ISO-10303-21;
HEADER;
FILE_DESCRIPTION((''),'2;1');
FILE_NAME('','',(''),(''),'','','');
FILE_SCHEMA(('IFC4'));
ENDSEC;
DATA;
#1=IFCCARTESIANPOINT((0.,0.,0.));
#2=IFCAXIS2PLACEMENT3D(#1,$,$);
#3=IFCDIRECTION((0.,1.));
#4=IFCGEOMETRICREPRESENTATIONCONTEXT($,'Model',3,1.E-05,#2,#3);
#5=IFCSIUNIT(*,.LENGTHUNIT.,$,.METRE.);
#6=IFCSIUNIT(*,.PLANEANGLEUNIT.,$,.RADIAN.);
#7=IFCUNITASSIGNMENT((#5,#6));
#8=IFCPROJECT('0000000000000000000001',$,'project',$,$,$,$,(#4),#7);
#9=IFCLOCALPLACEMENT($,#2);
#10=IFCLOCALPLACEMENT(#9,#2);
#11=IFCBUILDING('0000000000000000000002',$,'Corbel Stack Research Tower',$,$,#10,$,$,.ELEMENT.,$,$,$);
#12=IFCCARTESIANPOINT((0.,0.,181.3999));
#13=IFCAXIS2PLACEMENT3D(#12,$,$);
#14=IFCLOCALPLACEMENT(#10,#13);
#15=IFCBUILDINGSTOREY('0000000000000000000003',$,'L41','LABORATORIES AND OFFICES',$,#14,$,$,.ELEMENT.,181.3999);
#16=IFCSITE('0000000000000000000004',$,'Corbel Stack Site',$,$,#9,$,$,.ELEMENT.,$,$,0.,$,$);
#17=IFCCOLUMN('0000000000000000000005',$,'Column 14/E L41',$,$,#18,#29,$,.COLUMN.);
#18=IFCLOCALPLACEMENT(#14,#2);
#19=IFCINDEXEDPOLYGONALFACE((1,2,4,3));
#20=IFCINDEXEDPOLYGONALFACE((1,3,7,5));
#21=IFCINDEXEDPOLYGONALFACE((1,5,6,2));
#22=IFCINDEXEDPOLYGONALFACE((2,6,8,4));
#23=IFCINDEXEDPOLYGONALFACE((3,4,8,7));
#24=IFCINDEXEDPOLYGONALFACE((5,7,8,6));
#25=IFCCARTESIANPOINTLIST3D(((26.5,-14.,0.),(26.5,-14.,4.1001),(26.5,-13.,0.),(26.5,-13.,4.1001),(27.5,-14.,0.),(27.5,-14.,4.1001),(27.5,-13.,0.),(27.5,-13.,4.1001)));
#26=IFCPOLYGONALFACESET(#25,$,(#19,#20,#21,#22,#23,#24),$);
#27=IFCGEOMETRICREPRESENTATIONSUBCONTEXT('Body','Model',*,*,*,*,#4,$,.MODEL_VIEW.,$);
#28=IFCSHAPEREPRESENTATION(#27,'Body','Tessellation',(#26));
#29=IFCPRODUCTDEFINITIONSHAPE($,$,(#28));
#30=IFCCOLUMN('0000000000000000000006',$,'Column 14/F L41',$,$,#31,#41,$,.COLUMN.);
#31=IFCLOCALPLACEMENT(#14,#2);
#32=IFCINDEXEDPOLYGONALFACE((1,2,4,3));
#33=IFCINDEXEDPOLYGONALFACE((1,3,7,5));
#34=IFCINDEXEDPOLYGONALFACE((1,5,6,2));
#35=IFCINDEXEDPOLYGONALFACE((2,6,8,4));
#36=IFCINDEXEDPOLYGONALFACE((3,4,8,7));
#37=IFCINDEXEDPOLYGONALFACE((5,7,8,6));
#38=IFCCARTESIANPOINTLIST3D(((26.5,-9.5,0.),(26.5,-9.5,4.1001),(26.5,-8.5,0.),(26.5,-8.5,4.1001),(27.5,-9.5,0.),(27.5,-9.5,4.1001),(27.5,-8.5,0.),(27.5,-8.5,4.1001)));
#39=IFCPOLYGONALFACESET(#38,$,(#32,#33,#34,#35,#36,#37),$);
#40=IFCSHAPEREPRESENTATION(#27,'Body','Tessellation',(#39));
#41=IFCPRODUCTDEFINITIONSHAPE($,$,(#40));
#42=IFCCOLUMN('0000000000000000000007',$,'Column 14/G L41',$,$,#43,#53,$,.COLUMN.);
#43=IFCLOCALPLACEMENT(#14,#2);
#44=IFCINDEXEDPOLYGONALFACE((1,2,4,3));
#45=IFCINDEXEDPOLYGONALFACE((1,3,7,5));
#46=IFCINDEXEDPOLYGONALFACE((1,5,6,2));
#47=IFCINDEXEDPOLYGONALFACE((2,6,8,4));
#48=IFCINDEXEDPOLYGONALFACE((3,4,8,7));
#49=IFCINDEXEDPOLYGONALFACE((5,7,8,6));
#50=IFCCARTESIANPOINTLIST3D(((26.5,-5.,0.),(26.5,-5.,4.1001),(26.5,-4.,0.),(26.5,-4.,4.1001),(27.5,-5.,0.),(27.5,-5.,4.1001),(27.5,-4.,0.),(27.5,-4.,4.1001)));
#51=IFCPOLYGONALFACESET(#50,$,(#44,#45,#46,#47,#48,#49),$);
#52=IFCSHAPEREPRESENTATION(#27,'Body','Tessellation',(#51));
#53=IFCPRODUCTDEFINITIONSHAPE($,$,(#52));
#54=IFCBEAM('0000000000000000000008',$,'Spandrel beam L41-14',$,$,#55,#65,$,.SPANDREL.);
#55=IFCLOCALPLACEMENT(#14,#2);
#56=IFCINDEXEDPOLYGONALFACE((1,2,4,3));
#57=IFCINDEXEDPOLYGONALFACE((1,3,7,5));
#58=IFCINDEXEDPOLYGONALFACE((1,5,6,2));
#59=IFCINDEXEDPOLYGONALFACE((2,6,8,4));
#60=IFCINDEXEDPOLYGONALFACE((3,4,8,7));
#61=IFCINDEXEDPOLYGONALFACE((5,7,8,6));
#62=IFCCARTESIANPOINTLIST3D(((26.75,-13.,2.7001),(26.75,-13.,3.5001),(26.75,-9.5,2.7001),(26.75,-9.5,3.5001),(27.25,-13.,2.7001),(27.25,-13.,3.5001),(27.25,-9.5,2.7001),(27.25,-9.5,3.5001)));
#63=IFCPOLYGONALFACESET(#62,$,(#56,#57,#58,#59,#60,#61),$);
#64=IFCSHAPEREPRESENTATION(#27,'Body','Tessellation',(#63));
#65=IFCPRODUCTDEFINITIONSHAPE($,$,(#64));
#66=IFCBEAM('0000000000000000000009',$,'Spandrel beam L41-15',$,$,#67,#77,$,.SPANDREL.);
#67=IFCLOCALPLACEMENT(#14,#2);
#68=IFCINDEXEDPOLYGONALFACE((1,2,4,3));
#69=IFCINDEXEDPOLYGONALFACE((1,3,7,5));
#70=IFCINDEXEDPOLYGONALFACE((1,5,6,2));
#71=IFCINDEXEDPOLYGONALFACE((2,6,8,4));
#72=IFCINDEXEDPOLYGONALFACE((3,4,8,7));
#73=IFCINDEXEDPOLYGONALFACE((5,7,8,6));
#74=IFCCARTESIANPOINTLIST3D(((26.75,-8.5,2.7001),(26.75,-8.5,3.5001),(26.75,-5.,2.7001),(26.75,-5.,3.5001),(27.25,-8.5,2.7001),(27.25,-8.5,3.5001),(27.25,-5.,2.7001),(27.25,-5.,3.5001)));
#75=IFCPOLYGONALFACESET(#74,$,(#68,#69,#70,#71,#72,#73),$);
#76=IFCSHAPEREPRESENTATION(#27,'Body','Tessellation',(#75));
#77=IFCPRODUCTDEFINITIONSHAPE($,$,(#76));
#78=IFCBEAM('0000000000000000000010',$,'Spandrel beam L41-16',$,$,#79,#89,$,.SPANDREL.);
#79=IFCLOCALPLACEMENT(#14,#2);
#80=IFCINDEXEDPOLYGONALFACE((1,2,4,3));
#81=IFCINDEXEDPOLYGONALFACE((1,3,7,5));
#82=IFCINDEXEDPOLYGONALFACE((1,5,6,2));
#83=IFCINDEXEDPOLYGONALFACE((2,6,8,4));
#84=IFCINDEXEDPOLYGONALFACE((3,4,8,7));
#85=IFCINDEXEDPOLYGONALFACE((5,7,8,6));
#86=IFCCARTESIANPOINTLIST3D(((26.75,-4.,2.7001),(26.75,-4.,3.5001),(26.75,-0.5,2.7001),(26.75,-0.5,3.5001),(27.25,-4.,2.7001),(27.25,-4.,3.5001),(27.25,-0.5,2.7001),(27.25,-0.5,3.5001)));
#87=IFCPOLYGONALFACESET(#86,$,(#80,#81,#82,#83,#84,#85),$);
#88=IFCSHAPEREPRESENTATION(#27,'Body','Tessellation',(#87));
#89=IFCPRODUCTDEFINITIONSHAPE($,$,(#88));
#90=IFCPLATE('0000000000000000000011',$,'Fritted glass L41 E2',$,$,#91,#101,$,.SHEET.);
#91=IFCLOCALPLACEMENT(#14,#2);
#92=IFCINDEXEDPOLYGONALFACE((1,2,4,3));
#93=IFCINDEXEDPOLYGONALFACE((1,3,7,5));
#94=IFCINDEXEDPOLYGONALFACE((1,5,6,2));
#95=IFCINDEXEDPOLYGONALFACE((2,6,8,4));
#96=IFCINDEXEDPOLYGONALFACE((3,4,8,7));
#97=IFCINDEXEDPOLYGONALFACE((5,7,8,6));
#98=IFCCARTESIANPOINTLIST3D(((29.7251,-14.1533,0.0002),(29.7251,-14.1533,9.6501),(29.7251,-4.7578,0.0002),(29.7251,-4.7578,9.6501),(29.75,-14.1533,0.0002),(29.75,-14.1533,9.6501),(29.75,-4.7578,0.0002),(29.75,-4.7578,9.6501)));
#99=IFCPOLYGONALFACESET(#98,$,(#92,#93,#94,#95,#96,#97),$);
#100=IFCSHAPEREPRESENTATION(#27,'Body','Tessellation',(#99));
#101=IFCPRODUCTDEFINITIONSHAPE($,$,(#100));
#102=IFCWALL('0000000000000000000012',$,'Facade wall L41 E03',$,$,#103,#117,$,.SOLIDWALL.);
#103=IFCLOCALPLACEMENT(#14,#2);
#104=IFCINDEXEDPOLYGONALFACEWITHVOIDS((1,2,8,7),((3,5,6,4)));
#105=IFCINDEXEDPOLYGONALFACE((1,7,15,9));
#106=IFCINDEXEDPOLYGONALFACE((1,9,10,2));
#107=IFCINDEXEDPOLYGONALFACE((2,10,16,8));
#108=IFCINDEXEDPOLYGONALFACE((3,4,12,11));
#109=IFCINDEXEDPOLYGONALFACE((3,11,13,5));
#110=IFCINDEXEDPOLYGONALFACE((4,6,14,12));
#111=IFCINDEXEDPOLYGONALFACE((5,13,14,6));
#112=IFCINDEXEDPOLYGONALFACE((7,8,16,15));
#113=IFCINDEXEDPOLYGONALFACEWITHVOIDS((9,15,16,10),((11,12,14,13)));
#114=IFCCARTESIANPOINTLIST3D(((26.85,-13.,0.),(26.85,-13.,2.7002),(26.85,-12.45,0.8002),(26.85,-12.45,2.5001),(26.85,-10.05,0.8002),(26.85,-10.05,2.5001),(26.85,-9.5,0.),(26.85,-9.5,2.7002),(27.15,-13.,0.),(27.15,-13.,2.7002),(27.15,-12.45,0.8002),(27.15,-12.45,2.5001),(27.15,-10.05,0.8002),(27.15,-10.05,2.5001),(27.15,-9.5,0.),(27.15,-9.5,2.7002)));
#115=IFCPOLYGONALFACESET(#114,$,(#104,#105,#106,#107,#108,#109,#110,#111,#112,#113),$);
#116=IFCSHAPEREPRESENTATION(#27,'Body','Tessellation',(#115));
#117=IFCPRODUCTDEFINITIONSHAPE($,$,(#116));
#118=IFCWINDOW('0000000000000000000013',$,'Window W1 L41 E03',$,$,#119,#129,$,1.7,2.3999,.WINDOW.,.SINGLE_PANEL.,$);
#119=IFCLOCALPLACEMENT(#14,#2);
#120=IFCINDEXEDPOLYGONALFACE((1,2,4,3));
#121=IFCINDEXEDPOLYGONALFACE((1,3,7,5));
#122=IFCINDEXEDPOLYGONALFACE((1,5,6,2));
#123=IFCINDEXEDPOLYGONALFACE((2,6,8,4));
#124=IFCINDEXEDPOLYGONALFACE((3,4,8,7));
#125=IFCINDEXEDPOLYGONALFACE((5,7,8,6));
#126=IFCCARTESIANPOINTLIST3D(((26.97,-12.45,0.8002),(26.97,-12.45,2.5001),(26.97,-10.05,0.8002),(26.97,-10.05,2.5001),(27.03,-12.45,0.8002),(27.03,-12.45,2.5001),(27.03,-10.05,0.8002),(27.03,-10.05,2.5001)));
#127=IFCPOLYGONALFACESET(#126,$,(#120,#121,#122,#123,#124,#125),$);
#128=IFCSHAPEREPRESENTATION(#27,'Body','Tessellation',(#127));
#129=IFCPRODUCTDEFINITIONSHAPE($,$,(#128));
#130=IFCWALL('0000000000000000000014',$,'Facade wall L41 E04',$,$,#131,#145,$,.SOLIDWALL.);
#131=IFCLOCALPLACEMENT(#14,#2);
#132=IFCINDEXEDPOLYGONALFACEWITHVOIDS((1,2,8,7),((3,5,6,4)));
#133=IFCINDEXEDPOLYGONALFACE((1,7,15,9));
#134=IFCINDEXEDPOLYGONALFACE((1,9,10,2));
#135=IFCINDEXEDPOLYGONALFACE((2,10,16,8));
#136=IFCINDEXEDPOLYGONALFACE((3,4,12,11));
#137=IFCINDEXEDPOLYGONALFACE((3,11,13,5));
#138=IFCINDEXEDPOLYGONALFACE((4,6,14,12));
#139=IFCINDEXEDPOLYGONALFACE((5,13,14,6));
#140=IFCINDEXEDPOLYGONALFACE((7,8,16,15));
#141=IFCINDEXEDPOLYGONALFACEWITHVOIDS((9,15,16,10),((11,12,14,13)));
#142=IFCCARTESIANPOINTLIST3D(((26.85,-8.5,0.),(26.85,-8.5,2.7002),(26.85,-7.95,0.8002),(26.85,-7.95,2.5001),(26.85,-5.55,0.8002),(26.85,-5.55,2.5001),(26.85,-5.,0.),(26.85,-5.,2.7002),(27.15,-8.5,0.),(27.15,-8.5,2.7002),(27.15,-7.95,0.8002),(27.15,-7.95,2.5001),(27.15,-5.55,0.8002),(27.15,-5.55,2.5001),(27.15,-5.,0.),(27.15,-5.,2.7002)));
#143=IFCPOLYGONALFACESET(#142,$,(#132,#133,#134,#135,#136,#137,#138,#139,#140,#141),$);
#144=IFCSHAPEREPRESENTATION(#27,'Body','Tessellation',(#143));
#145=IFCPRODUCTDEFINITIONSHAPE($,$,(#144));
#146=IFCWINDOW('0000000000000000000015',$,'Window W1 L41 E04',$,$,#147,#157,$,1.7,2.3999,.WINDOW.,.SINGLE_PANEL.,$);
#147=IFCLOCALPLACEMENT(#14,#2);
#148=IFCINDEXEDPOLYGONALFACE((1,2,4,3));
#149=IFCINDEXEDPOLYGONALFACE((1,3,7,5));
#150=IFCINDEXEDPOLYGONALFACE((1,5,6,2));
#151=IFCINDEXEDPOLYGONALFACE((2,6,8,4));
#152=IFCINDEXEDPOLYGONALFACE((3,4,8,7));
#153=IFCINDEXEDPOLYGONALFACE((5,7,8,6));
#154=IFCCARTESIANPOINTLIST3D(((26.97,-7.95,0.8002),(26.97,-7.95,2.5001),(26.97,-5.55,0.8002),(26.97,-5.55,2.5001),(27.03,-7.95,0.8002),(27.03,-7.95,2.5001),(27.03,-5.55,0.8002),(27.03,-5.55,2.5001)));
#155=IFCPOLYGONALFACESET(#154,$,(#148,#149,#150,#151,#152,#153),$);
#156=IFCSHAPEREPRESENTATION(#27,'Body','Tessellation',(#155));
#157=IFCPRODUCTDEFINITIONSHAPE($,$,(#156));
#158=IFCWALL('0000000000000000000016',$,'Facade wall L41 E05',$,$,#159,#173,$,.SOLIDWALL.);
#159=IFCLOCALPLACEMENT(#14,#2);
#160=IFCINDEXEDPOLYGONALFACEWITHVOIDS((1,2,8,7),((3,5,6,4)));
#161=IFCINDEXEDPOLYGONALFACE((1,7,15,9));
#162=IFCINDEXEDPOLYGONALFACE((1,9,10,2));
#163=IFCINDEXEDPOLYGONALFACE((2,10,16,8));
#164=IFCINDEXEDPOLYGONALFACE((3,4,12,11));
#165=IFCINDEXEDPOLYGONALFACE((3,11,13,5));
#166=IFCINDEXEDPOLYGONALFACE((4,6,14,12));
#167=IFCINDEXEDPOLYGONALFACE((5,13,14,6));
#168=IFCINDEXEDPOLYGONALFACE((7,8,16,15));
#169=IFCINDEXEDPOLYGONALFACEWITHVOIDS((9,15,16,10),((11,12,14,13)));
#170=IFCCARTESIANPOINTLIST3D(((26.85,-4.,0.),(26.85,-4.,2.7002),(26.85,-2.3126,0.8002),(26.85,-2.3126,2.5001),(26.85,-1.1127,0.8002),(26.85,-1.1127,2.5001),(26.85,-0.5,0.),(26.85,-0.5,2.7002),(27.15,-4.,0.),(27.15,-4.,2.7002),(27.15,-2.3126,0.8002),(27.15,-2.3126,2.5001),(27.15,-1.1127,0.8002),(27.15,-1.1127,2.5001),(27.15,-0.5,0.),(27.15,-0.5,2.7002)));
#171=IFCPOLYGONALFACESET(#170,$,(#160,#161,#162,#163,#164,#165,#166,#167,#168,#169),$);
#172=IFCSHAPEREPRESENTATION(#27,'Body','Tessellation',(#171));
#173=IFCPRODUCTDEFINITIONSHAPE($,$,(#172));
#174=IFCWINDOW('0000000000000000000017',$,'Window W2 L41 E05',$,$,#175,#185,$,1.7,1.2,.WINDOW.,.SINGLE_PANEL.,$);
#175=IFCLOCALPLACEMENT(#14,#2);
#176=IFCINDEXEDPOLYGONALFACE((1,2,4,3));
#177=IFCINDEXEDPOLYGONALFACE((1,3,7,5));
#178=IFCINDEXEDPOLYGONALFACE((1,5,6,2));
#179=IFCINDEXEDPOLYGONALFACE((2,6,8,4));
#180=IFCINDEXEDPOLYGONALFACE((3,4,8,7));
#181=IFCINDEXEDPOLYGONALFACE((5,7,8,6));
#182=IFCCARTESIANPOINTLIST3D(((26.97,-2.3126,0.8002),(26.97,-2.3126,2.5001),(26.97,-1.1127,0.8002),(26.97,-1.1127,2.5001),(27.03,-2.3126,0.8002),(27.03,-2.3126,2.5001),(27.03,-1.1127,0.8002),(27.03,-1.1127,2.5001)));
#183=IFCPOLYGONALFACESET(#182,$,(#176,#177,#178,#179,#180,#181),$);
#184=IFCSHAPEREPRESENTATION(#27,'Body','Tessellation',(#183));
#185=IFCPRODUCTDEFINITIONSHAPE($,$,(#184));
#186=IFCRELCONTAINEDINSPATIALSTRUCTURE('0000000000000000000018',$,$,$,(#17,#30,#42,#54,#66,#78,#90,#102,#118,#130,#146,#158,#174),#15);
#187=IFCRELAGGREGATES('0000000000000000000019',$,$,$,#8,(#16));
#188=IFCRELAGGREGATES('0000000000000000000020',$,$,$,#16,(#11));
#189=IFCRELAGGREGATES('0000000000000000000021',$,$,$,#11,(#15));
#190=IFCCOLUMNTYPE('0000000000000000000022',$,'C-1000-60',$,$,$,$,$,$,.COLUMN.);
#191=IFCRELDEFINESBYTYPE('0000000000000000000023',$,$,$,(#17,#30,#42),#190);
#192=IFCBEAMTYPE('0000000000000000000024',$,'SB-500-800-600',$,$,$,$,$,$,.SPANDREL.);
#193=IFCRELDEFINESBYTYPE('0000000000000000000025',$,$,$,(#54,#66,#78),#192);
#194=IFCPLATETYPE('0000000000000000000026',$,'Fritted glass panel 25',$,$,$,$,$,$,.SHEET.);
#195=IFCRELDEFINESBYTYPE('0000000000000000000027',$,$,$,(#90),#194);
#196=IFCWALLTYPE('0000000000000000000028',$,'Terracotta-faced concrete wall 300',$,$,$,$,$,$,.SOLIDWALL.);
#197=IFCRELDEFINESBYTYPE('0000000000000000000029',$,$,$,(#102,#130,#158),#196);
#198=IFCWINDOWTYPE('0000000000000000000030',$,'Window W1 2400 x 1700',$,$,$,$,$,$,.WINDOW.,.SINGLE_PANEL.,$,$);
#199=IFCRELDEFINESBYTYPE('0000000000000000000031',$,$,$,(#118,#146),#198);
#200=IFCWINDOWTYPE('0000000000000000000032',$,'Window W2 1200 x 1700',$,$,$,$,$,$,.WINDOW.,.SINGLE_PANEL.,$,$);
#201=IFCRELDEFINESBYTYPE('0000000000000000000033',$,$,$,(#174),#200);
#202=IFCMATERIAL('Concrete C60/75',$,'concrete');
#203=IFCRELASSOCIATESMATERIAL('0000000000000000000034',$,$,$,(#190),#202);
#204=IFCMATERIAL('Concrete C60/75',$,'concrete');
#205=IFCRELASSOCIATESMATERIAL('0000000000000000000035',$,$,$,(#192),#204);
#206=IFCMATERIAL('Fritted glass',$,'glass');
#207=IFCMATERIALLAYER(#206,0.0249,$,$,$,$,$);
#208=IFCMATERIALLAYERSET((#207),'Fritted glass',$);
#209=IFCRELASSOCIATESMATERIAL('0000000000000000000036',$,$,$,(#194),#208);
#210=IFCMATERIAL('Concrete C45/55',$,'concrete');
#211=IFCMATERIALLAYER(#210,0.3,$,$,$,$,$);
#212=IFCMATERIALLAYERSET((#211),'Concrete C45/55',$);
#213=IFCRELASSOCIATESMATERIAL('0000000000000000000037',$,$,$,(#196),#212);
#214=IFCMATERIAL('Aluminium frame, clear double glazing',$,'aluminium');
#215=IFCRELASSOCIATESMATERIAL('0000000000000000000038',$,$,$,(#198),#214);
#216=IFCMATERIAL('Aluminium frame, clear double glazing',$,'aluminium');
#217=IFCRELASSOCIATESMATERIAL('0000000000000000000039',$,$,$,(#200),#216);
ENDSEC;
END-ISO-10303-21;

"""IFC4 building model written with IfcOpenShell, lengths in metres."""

from ifc_helpers import new_model, si_unit, direction, frame, frame_2d, origin, origin_2d, place, context, subcontext, project, spatial, rectangle, extrude, material, layer, layer_set, material_profile, profile_set, type_object, element, fill, save


model = new_model("IFC4")

# Units and contexts
model_context = context("Model", 3, precision=1e-05, world=origin(), true_north=direction((0.0, 1.0)))
body_context = subcontext(model_context, "Body", "Model", "MODEL_VIEW")
ifc_project = project(units=[si_unit("LENGTHUNIT", "METRE"), si_unit("PLANEANGLEUNIT", "RADIAN")], contexts=[model_context])

# Site, building, storey
site_placement = place(None, origin())
site = spatial("IfcSite", under=ifc_project, at=site_placement, Name="Corbel Stack Site", CompositionType="ELEMENT", RefElevation=0.0)
building_placement = place(site_placement, origin())
building = spatial("IfcBuilding", under=site, at=building_placement, Name="Corbel Stack Research Tower", CompositionType="ELEMENT")
storey_placement = place(building_placement, frame((0.0, 0.0, 181.3999)))
storey = spatial("IfcBuildingStorey", under=building, at=storey_placement, Name="L41", Description="LABORATORIES AND OFFICES", CompositionType="ELEMENT", Elevation=181.3999)

# Columns
ifc_material_1 = material(Name="Concrete C60/75", Category="concrete")
ifc_material_profile_1 = material_profile(ifc_material_1, rectangle(XDim=1.0, YDim=1.0, at=origin_2d()), Name="RC 1000 x 1000")
ifc_profile_set_1 = profile_set([ifc_material_profile_1], Name="Concrete C60/75")
column_type = type_object("IfcColumnType", Name="C-1000-60", PredefinedType="COLUMN", material=ifc_profile_set_1)
for number, where, z_axis, x_axis, name in (
    (1, (27.0, -13.5, 0.0), (0.0, 0.0, 1.0), (1.0, 0.0, 0.0), "Column 14/E L41"),
    (2, (27.0, -9.0, 0.0), (0.0, 0.0, 1.0), (1.0, 0.0, 0.0), "Column 14/F L41"),
    (3, (27.0, -4.5, 0.0), (0.0, 0.0, 1.0), (1.0, 0.0, 0.0), "Column 14/G L41"),
):
    element("IfcColumn", number, at=place(storey_placement, frame(where, z_axis=z_axis, x_axis=x_axis)), inside=storey, type_object=column_type, Name=name, PredefinedType="COLUMN", context=body_context, shape_type="SweptSolid", body=[
        extrude(rectangle(XDim=1.0, YDim=1.0, at=origin_2d()), origin(), (0.0, 0.0, 1.0), 4.1001),
    ])

# Beams
ifc_material_2 = material(Name="Concrete C60/75", Category="concrete")
ifc_material_profile_2 = material_profile(ifc_material_2, rectangle(XDim=0.5, YDim=0.8, at=origin_2d()), Name="RC 500 x 800")
ifc_profile_set_2 = profile_set([ifc_material_profile_2], Name="Concrete C60/75")
beam_type = type_object("IfcBeamType", Name="SB-500-800-600", PredefinedType="SPANDREL", material=ifc_profile_set_2)
for number, where, z_axis, x_axis, name in (
    (4, (27.0, -13.0, 3.1001), (0.0, 1.0, 0.0), (-1.0, 0.0, 0.0), "Spandrel beam L41-14"),
    (5, (27.0, -8.5, 3.1001), (0.0, 1.0, 0.0), (-1.0, 0.0, 0.0), "Spandrel beam L41-15"),
    (6, (27.0, -4.0, 3.1001), (0.0, 1.0, 0.0), (-1.0, 0.0, 0.0), "Spandrel beam L41-16"),
):
    element("IfcBeam", number, at=place(storey_placement, frame(where, z_axis=z_axis, x_axis=x_axis)), inside=storey, type_object=beam_type, Name=name, PredefinedType="SPANDREL", context=body_context, shape_type="SweptSolid", body=[
        extrude(rectangle(XDim=0.5, YDim=0.8, at=origin_2d()), origin(), (0.0, 0.0, 1.0), 3.5),
    ])

# Plate
ifc_material_3 = material(Name="Fritted glass", Category="glass")
ifc_layer_1 = layer(ifc_material_3, 0.0249)
ifc_layer_set_1 = layer_set([ifc_layer_1], Name="Fritted glass")
plate_type = type_object("IfcPlateType", Name="Fritted glass panel 25", PredefinedType="SHEET", material=ifc_layer_set_1)
plate_placement = place(storey_placement, frame((29.7375, -9.4556, 0.0002), z_axis=(0.0, 0.0, 1.0), x_axis=(0.0, 1.0, 0.0)))
element("IfcPlate", 7, at=plate_placement, inside=storey, type_object=plate_type, Name="Fritted glass L41 E2", PredefinedType="SHEET", context=body_context, shape_type="SweptSolid", body=[
    extrude(rectangle(XDim=9.3955, YDim=0.0249, at=origin_2d()), origin(), (0.0, 0.0, 1.0), 9.6499),
])

# Walls, openings, windows
ifc_material_4 = material(Name="Concrete C45/55", Category="concrete")
ifc_layer_2 = layer(ifc_material_4, 0.3)
ifc_layer_set_2 = layer_set([ifc_layer_2], Name="Concrete C45/55")
wall_type = type_object("IfcWallType", Name="Terracotta-faced concrete wall 300", PredefinedType="SOLIDWALL", material=ifc_layer_set_2)
wall_1_placement = place(storey_placement, frame((27.0, -9.5, 0.0), z_axis=(0.0, 0.0, 1.0), x_axis=(0.0, -1.0, 0.0)))
wall_1 = element("IfcWall", 8, at=wall_1_placement, inside=storey, type_object=wall_type, Name="Facade wall L41 E03", PredefinedType="SOLIDWALL", context=body_context, shape_type="SweptSolid", body=[
    extrude(rectangle(XDim=3.5, YDim=0.3, at=frame_2d((1.75, 0.0))), origin(), (0.0, 0.0, 1.0), 2.7002),
])
opening_1_placement = place(wall_1_placement, frame((0.55, 0.0, 0.8)))
opening_1 = element("IfcOpeningElement", 9, at=opening_1_placement, cuts=wall_1, PredefinedType="OPENING", context=body_context, shape_type="SweptSolid", body=[
    extrude(rectangle(XDim=2.3999, YDim=1.7, at=frame_2d((1.2, 0.8501))), frame((0.0, 0.1599, 0.0), z_axis=(0.0, -1.0, 0.0), x_axis=(1.0, 0.0, 0.0)), (0.0, 0.0, 1.0), 0.3201),
])
ifc_material_5 = material(Name="Aluminium frame, clear double glazing", Category="aluminium")
window_type_1 = type_object("IfcWindowType", Name="Window W1 2400 x 1700", PartitioningType="SINGLE_PANEL", PredefinedType="WINDOW", material=ifc_material_5)
window_1_placement = place(opening_1_placement, origin())
window_1 = element("IfcWindow", 10, at=window_1_placement, inside=storey, type_object=window_type_1, Name="Window W1 L41 E03", OverallHeight=1.7, OverallWidth=2.3999, PartitioningType="SINGLE_PANEL", PredefinedType="WINDOW", context=body_context, shape_type="SweptSolid", body=[
    extrude(rectangle(XDim=2.3999, YDim=1.7, at=frame_2d((1.2, 0.8501))), frame((0.0, 0.03, 0.0), z_axis=(0.0, -1.0, 0.0), x_axis=(1.0, 0.0, 0.0)), (0.0, 0.0, 1.0), 0.0601),
])
fill(opening_1, window_1)
wall_2_placement = place(storey_placement, frame((27.0, -5.0, 0.0), z_axis=(0.0, 0.0, 1.0), x_axis=(0.0, -1.0, 0.0)))
wall_2 = element("IfcWall", 11, at=wall_2_placement, inside=storey, type_object=wall_type, Name="Facade wall L41 E04", PredefinedType="SOLIDWALL", context=body_context, shape_type="SweptSolid", body=[
    extrude(rectangle(XDim=3.5, YDim=0.3, at=frame_2d((1.75, 0.0))), origin(), (0.0, 0.0, 1.0), 2.7002),
])
opening_2_placement = place(wall_2_placement, frame((0.55, 0.0, 0.8)))
opening_2 = element("IfcOpeningElement", 12, at=opening_2_placement, cuts=wall_2, PredefinedType="OPENING", context=body_context, shape_type="SweptSolid", body=[
    extrude(rectangle(XDim=2.3999, YDim=1.7, at=frame_2d((1.2, 0.8501))), frame((0.0, 0.1599, 0.0), z_axis=(0.0, -1.0, 0.0), x_axis=(1.0, 0.0, 0.0)), (0.0, 0.0, 1.0), 0.3201),
])
window_2_placement = place(opening_2_placement, origin())
window_2 = element("IfcWindow", 13, at=window_2_placement, inside=storey, type_object=window_type_1, Name="Window W1 L41 E04", OverallHeight=1.7, OverallWidth=2.3999, PartitioningType="SINGLE_PANEL", PredefinedType="WINDOW", context=body_context, shape_type="SweptSolid", body=[
    extrude(rectangle(XDim=2.3999, YDim=1.7, at=frame_2d((1.2, 0.8501))), frame((0.0, 0.03, 0.0), z_axis=(0.0, -1.0, 0.0), x_axis=(1.0, 0.0, 0.0)), (0.0, 0.0, 1.0), 0.0601),
])
fill(opening_2, window_2)
wall_3_placement = place(storey_placement, frame((27.0, -0.5, 0.0), z_axis=(0.0, 0.0, 1.0), x_axis=(0.0, -1.0, 0.0)))
wall_3 = element("IfcWall", 14, at=wall_3_placement, inside=storey, type_object=wall_type, Name="Facade wall L41 E05", PredefinedType="SOLIDWALL", context=body_context, shape_type="SweptSolid", body=[
    extrude(rectangle(XDim=3.5, YDim=0.3, at=frame_2d((1.75, 0.0))), origin(), (0.0, 0.0, 1.0), 2.7002),
])
opening_3_placement = place(wall_3_placement, frame((0.6125, 0.0, 0.8)))
opening_3 = element("IfcOpeningElement", 15, at=opening_3_placement, cuts=wall_3, PredefinedType="OPENING", context=body_context, shape_type="SweptSolid", body=[
    extrude(rectangle(XDim=1.2, YDim=1.7, at=frame_2d((0.6001, 0.8501))), frame((0.0, 0.1599, 0.0), z_axis=(0.0, -1.0, 0.0), x_axis=(1.0, 0.0, 0.0)), (0.0, 0.0, 1.0), 0.3201),
])
ifc_material_6 = material(Name="Aluminium frame, clear double glazing", Category="aluminium")
window_type_2 = type_object("IfcWindowType", Name="Window W2 1200 x 1700", PartitioningType="SINGLE_PANEL", PredefinedType="WINDOW", material=ifc_material_6)
window_3_placement = place(opening_3_placement, origin())
window_3 = element("IfcWindow", 16, at=window_3_placement, inside=storey, type_object=window_type_2, Name="Window W2 L41 E05", OverallHeight=1.7, OverallWidth=1.2, PartitioningType="SINGLE_PANEL", PredefinedType="WINDOW", context=body_context, shape_type="SweptSolid", body=[
    extrude(rectangle(XDim=1.2, YDim=1.7, at=frame_2d((0.6001, 0.8501))), frame((0.0, 0.03, 0.0), z_axis=(0.0, -1.0, 0.0), x_axis=(1.0, 0.0, 0.0)), (0.0, 0.0, 1.0), 0.0601),
])
fill(opening_3, window_3)

save(model, "model.ifc")
